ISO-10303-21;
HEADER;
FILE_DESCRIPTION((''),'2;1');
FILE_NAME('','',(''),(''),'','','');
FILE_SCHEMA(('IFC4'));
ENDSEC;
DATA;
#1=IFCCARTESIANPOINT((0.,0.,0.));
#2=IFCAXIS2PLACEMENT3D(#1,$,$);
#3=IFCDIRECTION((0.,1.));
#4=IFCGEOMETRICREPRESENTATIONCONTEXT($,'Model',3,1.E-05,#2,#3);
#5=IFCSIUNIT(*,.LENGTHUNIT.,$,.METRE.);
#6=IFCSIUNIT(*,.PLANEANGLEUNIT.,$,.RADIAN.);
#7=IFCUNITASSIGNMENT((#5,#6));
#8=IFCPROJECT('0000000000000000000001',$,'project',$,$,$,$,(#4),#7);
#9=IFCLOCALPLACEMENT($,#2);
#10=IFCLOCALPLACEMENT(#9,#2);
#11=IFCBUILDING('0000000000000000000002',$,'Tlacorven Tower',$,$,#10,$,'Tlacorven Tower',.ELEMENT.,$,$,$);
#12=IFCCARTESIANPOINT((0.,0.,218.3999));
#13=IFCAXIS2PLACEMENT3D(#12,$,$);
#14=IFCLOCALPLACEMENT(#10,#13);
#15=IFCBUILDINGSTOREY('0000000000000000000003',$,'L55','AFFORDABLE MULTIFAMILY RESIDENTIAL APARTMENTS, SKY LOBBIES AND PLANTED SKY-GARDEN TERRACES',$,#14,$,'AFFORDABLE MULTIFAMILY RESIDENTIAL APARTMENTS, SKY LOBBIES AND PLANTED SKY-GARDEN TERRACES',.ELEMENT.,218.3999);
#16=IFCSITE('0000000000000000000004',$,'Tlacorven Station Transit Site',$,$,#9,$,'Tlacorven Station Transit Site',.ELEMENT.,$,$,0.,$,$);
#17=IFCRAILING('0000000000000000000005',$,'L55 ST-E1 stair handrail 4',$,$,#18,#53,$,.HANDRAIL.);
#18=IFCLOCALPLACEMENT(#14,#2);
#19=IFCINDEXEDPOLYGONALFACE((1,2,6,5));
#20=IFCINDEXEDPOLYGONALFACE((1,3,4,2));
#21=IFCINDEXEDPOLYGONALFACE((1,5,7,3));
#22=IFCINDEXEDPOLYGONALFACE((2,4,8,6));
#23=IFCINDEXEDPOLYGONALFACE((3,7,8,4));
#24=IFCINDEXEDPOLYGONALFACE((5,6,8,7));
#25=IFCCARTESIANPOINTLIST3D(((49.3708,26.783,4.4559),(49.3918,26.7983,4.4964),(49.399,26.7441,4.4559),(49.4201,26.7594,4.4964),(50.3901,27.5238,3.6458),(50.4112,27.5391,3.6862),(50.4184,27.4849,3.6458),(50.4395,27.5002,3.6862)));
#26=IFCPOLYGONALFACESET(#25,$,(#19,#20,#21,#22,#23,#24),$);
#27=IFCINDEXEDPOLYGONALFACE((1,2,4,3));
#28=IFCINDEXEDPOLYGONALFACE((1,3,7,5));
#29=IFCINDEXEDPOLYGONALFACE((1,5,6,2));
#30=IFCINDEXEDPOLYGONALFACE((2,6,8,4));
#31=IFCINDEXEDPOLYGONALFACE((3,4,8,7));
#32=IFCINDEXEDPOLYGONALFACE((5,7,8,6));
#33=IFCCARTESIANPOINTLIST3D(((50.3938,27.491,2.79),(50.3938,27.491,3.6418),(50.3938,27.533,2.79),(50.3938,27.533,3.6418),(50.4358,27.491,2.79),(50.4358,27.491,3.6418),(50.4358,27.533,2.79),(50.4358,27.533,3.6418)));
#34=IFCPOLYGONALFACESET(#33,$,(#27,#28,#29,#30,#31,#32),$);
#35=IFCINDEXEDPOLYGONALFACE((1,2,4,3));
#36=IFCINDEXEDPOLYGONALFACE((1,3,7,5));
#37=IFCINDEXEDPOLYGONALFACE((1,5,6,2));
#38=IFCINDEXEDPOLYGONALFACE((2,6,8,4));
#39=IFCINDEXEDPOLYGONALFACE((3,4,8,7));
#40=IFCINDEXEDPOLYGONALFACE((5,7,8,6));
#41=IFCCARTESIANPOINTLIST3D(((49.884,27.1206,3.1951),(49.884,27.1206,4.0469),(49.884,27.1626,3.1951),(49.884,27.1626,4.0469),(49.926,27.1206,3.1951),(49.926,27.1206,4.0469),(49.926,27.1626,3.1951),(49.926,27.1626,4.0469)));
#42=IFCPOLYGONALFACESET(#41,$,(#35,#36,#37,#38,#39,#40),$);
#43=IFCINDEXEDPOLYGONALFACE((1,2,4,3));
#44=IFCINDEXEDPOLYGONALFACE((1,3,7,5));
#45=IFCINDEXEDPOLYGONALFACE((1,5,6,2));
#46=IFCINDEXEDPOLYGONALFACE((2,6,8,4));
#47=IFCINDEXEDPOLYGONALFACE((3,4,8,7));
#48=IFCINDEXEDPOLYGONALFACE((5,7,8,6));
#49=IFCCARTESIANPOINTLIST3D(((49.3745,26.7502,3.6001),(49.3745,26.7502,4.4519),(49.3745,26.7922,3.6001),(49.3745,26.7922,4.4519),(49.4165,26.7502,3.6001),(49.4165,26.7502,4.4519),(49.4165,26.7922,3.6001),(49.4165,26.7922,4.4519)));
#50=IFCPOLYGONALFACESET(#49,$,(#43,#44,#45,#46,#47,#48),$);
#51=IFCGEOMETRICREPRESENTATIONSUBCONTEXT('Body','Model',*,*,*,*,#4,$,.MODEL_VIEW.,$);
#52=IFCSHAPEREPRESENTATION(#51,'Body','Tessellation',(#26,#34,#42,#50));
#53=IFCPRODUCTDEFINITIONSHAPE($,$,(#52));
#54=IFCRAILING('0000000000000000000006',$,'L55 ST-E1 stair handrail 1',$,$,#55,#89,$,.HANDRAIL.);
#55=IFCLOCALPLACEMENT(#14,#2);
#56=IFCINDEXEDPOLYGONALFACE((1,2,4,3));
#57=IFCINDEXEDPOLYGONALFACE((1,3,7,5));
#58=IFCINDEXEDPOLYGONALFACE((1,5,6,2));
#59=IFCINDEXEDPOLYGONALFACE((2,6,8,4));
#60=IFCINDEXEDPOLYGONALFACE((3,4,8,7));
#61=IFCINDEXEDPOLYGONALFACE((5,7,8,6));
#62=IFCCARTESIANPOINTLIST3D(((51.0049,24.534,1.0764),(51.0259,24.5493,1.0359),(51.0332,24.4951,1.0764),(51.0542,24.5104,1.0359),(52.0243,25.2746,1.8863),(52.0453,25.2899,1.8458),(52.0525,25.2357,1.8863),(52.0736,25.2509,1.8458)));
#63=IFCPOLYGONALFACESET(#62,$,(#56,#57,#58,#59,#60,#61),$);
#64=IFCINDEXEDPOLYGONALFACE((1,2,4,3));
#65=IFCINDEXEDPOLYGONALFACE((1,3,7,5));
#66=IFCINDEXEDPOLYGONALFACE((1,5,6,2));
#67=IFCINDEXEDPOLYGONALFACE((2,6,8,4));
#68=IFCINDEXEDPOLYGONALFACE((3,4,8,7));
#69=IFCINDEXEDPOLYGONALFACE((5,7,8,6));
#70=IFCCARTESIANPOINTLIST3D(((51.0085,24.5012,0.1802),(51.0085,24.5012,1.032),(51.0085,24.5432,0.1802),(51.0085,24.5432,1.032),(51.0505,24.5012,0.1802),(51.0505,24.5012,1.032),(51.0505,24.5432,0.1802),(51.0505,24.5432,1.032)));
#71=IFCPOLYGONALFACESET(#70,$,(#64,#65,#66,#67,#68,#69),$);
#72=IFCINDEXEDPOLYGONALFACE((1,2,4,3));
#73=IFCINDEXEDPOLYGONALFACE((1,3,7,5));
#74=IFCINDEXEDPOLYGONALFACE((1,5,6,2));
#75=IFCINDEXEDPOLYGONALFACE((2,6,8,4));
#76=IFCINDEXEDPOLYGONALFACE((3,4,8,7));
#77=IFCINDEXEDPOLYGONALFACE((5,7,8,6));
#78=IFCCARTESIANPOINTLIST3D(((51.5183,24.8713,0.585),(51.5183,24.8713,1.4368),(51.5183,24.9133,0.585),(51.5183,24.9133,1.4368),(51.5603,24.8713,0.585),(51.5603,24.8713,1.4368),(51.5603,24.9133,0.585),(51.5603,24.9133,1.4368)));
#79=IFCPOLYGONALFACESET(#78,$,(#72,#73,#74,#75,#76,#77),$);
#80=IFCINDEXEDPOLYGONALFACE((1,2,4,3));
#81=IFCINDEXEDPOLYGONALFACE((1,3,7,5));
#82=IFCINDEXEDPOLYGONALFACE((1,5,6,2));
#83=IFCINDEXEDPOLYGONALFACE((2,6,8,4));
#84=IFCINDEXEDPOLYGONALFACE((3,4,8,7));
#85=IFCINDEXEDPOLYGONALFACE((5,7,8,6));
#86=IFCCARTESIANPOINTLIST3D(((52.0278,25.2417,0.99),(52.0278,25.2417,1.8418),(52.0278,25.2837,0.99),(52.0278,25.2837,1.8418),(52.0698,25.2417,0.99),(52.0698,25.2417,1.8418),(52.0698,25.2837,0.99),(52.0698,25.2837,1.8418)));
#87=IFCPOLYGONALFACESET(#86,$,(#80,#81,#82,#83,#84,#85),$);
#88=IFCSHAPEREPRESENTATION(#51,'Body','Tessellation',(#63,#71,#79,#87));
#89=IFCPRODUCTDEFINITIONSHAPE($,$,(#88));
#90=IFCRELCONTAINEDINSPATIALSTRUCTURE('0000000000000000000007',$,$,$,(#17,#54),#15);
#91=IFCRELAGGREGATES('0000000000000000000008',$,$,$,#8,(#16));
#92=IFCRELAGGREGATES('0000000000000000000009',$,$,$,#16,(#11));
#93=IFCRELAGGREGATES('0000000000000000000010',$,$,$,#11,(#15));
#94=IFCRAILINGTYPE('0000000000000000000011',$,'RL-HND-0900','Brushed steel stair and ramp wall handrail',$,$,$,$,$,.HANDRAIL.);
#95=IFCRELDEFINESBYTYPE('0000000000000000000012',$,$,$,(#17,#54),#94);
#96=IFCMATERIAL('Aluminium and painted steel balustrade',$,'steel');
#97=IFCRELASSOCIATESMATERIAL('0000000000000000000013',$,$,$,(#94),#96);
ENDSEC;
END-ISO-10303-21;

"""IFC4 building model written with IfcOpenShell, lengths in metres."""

from ifc_helpers import new_model, si_unit, direction, frame, origin, origin_2d, place, context, subcontext, project, spatial, rectangle, extrude, source, transform, mapped, material, type_object, element, save


model = new_model("IFC4")

# Units and contexts
model_context = context("Model", 3, precision=1e-05, world=origin(), true_north=direction((0.0, 1.0)))
body_context = subcontext(model_context, "Body", "Model", "MODEL_VIEW")
ifc_project = project(units=[si_unit("LENGTHUNIT", "METRE"), si_unit("PLANEANGLEUNIT", "RADIAN")], contexts=[model_context])

# Site, building, storey
site_placement = place(None, origin())
site = spatial("IfcSite", under=ifc_project, at=site_placement, Name="Tlacorven Station Transit Site", LongName="Tlacorven Station Transit Site", CompositionType="ELEMENT", RefElevation=0.0)
building_placement = place(site_placement, origin())
building = spatial("IfcBuilding", under=site, at=building_placement, Name="Tlacorven Tower", LongName="Tlacorven Tower", CompositionType="ELEMENT")
storey_placement = place(building_placement, frame((0.0, 0.0, 218.3999)))
storey = spatial("IfcBuildingStorey", under=building, at=storey_placement, Name="L55", Description="AFFORDABLE MULTIFAMILY RESIDENTIAL APARTMENTS, SKY LOBBIES AND PLANTED SKY-GARDEN TERRACES", LongName="AFFORDABLE MULTIFAMILY RESIDENTIAL APARTMENTS, SKY LOBBIES AND PLANTED SKY-GARDEN TERRACES", CompositionType="ELEMENT", Elevation=218.3999)

# Railings
ifc_material_1 = material(Name="Aluminium and painted steel balustrade", Category="steel")
railing_type_1 = type_object("IfcRailingType", Name="RL-HND-0900", Description="Brushed steel stair and ramp wall handrail", PredefinedType="HANDRAIL", material=ifc_material_1)
shared_shape_1 = source(origin(), body_context, "Body", "SweptSolid", [
    extrude(rectangle(XDim=0.0481, YDim=0.0481, at=origin_2d()), frame((0.0, 0.0, 0.876), z_axis=(-0.680461, -0.494496, 0.540783), x_axis=(0.587872, -0.808954, 0.0)), (0.0, 0.0, 1.0), 1.498),
    extrude(rectangle(XDim=0.042, YDim=0.042, at=origin_2d()), origin(), (0.0, 0.0, 1.0), 0.8518),
    extrude(rectangle(XDim=0.042, YDim=0.042, at=origin_2d()), frame((-0.5098, -0.3704, 0.405)), (0.0, 0.0, 1.0), 0.8518),
    extrude(rectangle(XDim=0.042, YDim=0.042, at=origin_2d()), frame((-1.0193, -0.7407, 0.8101)), (0.0, 0.0, 1.0), 0.8518),
])
railing_1_placement = place(storey_placement, frame((50.4148, 27.512, 2.79)))
element("IfcRailing", 1, at=railing_1_placement, inside=storey, type_object=railing_type_1, Name="L55 ST-E1 stair handrail 4", PredefinedType="HANDRAIL", context=body_context, shape_type="MappedRepresentation", body=[
    mapped(shared_shape_1, transform((0.0, 0.0, 0.0), scale=1.0)),
])
shared_shape_2 = source(origin(), body_context, "Body", "SweptSolid", [
    extrude(rectangle(XDim=0.0481, YDim=0.0481, at=origin_2d()), frame((0.0, 0.0, 0.876), z_axis=(0.680576, 0.494416, 0.540712), x_axis=(-0.587745, 0.809046, 0.0)), (0.0, 0.0, 1.0), 1.4978),
    extrude(rectangle(XDim=0.042, YDim=0.042, at=origin_2d()), origin(), (0.0, 0.0, 1.0), 0.8518),
    extrude(rectangle(XDim=0.042, YDim=0.042, at=origin_2d()), frame((0.5098, 0.3701, 0.4048)), (0.0, 0.0, 1.0), 0.8518),
    extrude(rectangle(XDim=0.042, YDim=0.042, at=origin_2d()), frame((1.0193, 0.7405, 0.8098)), (0.0, 0.0, 1.0), 0.8518),
])
railing_2_placement = place(storey_placement, frame((51.0295, 24.5222, 0.1802)))
element("IfcRailing", 2, at=railing_2_placement, inside=storey, type_object=railing_type_1, Name="L55 ST-E1 stair handrail 1", PredefinedType="HANDRAIL", context=body_context, shape_type="MappedRepresentation", body=[
    mapped(shared_shape_2, transform((0.0, 0.0, 0.0), scale=1.0)),
])

save(model, "model.ifc")
